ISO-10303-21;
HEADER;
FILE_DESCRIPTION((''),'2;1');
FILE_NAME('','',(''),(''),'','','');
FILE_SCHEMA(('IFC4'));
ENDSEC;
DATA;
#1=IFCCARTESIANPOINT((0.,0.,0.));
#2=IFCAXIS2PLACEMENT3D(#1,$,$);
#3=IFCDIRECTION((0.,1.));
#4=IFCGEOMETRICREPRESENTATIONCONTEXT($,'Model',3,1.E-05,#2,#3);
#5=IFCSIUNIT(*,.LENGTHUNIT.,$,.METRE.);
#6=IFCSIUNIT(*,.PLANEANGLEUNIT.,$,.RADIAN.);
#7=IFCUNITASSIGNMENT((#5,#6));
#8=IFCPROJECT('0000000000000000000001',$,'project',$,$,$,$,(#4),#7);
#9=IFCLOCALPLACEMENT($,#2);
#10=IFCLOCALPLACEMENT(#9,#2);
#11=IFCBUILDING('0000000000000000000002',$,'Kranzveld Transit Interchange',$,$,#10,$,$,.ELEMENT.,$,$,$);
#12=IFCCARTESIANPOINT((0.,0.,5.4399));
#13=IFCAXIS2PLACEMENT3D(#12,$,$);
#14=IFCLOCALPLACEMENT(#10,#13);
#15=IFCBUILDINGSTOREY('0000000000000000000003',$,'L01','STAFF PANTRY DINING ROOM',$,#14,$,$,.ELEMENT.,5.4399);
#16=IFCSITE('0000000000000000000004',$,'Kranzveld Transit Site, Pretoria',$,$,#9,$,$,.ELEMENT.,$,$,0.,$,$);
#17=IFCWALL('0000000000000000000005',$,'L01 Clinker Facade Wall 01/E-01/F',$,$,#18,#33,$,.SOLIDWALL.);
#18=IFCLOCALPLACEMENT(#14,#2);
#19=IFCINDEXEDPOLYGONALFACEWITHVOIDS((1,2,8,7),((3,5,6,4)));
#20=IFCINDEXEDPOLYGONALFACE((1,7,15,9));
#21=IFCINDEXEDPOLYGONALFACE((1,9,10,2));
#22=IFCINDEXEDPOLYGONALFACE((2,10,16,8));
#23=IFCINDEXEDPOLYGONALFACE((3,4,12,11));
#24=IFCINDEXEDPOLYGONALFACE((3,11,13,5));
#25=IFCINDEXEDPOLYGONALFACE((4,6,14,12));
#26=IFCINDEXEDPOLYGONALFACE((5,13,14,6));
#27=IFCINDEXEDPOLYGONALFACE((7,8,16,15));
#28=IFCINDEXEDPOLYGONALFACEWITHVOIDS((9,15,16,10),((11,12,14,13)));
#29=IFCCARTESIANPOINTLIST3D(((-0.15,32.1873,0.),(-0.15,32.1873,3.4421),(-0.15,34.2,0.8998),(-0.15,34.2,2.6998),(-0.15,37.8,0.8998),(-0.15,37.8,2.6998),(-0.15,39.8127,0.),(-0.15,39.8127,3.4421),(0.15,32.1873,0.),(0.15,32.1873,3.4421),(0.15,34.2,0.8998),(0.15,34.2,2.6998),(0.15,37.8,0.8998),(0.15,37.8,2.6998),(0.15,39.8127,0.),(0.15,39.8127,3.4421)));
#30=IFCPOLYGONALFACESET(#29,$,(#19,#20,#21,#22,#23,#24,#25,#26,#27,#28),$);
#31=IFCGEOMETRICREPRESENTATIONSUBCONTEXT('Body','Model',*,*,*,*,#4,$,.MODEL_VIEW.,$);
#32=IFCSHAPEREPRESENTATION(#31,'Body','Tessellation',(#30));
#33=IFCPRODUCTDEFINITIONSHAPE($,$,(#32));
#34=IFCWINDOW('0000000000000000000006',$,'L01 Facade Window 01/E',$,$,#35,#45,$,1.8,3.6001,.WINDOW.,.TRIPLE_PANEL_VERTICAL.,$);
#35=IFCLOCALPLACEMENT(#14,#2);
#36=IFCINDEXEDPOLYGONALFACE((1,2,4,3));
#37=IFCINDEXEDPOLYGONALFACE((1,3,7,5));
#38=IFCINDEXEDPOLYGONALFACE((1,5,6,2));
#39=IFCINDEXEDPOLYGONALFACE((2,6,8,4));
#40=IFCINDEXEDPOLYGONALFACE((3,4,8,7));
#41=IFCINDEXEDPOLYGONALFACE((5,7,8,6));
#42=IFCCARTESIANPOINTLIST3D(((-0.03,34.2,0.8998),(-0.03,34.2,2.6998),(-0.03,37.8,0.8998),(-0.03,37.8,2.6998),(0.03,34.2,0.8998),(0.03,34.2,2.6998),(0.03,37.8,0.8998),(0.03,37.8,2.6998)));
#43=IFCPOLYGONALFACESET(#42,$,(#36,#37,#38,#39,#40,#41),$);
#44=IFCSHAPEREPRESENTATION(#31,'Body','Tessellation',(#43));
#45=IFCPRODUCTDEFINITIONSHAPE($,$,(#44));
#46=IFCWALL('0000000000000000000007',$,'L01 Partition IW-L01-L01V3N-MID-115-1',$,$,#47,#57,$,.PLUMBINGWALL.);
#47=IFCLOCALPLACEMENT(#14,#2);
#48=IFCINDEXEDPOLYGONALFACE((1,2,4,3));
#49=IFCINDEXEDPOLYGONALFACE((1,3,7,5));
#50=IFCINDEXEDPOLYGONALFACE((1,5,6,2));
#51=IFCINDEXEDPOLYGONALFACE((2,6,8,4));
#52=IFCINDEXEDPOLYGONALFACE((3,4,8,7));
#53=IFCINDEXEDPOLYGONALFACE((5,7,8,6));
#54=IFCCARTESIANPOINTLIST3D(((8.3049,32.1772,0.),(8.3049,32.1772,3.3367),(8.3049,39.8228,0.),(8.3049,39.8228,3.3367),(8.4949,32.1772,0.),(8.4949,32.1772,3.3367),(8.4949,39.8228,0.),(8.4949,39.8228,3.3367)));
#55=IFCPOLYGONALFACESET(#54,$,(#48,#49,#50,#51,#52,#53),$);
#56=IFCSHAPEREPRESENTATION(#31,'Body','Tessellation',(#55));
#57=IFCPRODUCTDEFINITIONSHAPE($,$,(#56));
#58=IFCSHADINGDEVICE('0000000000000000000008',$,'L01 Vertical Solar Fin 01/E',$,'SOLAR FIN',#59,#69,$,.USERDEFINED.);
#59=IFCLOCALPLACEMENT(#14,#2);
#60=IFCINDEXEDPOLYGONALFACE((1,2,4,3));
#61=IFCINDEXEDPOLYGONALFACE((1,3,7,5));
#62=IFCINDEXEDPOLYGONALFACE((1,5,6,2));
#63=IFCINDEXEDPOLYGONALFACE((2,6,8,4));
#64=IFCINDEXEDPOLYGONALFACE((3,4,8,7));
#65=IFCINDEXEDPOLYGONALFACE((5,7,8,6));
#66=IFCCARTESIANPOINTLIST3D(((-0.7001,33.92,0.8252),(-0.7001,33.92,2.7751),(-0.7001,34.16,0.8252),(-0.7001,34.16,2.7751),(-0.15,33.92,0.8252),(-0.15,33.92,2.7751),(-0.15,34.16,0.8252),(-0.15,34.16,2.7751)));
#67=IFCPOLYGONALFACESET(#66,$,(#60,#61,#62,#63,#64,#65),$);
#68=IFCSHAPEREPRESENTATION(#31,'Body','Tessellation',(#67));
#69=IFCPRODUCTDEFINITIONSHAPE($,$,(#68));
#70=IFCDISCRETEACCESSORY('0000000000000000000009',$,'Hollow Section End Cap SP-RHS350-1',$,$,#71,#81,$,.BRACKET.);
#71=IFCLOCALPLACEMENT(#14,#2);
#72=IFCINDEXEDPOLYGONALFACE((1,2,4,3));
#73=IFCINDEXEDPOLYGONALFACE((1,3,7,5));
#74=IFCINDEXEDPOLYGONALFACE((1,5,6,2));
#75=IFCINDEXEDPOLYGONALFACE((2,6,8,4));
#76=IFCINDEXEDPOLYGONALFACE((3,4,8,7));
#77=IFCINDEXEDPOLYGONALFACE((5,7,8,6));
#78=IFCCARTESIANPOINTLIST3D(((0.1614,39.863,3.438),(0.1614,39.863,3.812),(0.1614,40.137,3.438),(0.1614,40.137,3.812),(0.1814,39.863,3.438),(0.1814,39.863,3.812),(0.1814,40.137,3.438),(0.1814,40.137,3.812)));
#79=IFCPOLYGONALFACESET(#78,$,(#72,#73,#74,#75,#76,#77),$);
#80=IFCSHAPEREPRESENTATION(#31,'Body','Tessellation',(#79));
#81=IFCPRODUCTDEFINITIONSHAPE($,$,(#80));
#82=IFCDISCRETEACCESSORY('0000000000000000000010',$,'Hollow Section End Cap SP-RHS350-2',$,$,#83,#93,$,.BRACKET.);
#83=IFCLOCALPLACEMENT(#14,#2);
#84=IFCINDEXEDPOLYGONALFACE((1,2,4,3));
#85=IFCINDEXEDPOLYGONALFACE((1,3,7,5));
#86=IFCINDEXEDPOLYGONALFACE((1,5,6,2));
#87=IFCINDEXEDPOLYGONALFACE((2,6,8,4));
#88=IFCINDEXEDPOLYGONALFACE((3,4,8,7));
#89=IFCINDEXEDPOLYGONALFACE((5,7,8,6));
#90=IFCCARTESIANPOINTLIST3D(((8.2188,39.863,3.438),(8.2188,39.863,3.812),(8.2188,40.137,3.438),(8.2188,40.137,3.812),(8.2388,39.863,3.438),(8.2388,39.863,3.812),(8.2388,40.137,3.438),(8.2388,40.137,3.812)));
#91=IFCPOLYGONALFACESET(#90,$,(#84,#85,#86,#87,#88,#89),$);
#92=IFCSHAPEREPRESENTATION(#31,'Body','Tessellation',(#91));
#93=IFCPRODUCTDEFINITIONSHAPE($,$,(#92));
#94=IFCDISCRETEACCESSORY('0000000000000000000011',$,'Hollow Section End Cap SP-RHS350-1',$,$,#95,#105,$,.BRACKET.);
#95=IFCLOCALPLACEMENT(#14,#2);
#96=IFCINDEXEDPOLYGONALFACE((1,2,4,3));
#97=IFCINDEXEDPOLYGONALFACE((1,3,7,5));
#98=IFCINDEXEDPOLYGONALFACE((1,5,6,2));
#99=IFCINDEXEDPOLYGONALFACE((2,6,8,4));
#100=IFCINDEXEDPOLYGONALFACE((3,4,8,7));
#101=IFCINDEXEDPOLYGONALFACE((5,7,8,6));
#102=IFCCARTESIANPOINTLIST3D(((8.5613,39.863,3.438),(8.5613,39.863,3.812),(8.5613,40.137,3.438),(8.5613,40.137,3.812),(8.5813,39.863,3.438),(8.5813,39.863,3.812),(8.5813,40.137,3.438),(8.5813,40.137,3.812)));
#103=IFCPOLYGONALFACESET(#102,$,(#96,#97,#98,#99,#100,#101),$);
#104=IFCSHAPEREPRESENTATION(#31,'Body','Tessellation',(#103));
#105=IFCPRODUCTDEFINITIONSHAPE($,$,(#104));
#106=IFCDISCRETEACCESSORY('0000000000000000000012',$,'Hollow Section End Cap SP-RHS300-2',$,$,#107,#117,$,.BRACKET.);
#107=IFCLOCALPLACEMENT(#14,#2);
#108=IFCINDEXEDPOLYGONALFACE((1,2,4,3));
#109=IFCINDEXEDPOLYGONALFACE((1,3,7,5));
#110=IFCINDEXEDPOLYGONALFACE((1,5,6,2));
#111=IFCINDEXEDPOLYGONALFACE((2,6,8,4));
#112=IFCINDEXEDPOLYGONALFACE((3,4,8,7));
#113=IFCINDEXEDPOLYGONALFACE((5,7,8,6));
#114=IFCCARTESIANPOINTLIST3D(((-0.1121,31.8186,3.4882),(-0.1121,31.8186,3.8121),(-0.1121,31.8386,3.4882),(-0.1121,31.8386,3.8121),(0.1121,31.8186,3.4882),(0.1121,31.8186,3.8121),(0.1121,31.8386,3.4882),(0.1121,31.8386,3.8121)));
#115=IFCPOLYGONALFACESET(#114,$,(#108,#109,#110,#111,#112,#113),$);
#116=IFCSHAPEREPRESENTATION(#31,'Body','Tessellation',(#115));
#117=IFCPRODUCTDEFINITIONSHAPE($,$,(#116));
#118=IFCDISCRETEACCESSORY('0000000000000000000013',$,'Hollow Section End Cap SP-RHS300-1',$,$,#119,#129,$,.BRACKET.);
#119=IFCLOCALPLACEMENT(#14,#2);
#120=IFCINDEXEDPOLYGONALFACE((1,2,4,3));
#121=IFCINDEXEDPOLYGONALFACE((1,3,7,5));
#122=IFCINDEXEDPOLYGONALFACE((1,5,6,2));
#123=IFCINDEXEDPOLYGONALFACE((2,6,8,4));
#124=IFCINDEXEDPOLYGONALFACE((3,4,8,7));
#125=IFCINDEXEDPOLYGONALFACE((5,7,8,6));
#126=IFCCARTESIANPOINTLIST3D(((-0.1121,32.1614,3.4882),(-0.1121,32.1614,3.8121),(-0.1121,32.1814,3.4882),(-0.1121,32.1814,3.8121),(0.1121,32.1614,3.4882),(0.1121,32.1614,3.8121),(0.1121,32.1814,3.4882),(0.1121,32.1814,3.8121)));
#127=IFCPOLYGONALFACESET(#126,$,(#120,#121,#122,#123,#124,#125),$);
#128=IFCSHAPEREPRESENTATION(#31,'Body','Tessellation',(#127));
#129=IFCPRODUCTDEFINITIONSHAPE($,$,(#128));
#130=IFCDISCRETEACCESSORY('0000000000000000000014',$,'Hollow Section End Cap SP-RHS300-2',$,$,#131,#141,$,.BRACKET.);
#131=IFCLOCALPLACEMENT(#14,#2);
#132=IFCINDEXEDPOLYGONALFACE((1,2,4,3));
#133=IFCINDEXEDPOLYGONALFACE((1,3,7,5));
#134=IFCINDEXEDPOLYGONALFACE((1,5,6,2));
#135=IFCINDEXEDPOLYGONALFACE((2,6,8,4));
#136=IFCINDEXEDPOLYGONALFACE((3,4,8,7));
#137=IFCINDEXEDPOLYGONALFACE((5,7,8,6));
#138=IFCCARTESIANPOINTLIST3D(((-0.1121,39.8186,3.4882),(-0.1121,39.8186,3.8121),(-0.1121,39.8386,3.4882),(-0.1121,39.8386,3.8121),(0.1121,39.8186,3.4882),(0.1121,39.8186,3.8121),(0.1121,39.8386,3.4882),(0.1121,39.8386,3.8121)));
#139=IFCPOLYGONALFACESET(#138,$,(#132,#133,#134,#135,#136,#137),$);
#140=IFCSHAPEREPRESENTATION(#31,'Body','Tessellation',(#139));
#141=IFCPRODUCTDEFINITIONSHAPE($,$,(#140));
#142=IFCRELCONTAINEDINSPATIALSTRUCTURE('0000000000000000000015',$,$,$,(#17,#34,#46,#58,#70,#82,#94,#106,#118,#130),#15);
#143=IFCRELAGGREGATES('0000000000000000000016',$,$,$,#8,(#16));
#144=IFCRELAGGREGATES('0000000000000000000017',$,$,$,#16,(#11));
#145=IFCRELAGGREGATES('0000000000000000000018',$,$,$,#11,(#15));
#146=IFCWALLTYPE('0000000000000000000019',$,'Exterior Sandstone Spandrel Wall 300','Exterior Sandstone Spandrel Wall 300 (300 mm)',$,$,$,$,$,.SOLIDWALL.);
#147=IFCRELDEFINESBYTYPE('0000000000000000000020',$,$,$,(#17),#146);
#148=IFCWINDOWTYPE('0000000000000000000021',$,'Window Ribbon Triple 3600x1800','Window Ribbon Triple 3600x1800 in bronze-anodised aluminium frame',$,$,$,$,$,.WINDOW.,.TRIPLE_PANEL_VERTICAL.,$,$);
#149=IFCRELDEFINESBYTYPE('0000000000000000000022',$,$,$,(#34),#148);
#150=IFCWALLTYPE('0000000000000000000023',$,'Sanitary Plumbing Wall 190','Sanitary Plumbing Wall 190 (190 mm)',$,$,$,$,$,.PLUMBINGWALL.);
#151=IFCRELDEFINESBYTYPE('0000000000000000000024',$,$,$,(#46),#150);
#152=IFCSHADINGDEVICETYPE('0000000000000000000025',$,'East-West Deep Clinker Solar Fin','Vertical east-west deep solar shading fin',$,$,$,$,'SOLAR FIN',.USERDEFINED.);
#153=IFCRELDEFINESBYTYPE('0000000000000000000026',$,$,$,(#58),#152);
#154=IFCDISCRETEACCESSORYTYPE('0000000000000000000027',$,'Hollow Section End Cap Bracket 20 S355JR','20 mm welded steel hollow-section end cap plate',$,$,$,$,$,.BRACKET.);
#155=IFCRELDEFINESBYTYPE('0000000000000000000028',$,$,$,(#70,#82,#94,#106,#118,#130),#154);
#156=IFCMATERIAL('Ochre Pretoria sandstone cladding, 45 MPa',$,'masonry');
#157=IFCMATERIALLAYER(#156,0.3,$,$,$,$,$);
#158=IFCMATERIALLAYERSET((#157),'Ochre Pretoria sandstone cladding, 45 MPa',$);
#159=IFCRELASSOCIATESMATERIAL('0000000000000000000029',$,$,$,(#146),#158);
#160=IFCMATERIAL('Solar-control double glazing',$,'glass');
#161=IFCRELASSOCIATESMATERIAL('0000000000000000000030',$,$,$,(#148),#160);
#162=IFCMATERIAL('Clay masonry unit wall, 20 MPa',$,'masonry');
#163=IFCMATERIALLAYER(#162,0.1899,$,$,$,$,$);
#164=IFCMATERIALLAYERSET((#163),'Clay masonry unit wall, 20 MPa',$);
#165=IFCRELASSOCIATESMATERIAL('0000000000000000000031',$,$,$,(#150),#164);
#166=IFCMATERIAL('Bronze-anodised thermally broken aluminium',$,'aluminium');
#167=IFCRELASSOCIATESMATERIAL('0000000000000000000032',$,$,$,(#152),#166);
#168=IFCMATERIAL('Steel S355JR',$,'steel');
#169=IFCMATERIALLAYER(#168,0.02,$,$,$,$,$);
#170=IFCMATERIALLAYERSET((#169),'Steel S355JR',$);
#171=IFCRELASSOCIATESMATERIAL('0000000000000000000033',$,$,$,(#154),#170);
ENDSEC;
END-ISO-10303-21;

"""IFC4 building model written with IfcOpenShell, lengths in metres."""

from ifc_helpers import new_model, si_unit, direction, frame, frame_2d, origin, origin_2d, place, context, subcontext, project, spatial, rectangle, extrude, material, layer, layer_set, type_object, element, fill, save


model = new_model("IFC4")

# Units and contexts
model_context = context("Model", 3, precision=1e-05, world=origin(), true_north=direction((0.0, 1.0)))
body_context = subcontext(model_context, "Body", "Model", "MODEL_VIEW")
ifc_project = project(units=[si_unit("LENGTHUNIT", "METRE"), si_unit("PLANEANGLEUNIT", "RADIAN")], contexts=[model_context])

# Site, building, storey
site_placement = place(None, origin())
site = spatial("IfcSite", under=ifc_project, at=site_placement, Name="Kranzveld Transit Site, Pretoria", CompositionType="ELEMENT", RefElevation=0.0)
building_placement = place(site_placement, origin())
building = spatial("IfcBuilding", under=site, at=building_placement, Name="Kranzveld Transit Interchange", CompositionType="ELEMENT")
storey_placement = place(building_placement, frame((0.0, 0.0, 5.4399)))
storey = spatial("IfcBuildingStorey", under=building, at=storey_placement, Name="L01", Description="STAFF PANTRY DINING ROOM", CompositionType="ELEMENT", Elevation=5.4399)

# Wall, opening, window
ifc_material_1 = material(Name="Ochre Pretoria sandstone cladding, 45 MPa", Category="masonry")
ifc_layer_1 = layer(ifc_material_1, 0.3)
ifc_layer_set_1 = layer_set([ifc_layer_1], Name="Ochre Pretoria sandstone cladding, 45 MPa")
wall_type_1 = type_object("IfcWallType", Name="Exterior Sandstone Spandrel Wall 300", Description="Exterior Sandstone Spandrel Wall 300 (300 mm)", PredefinedType="SOLIDWALL", material=ifc_layer_set_1)
wall_1_placement = place(storey_placement, frame((0.0, 32.1873, 0.0), z_axis=(0.0, 0.0, 1.0), x_axis=(0.0, 1.0, 0.0)))
wall_1 = element("IfcWall", 1, at=wall_1_placement, inside=storey, type_object=wall_type_1, Name="L01 Clinker Facade Wall 01/E-01/F", PredefinedType="SOLIDWALL", context=body_context, shape_type="SweptSolid", body=[
    extrude(rectangle(XDim=7.6255, YDim=0.3, at=frame_2d((3.8127, 0.0))), origin(), (0.0, 0.0, 1.0), 3.4421),
])
opening_1_placement = place(wall_1_placement, frame((2.0127, 0.0, 0.8999), z_axis=(0.0, 0.0, 1.0), x_axis=(1.0, 0.0, 0.0)))
opening_1 = element("IfcOpeningElement", 2, at=opening_1_placement, cuts=wall_1, PredefinedType="OPENING", context=body_context, shape_type="SweptSolid", body=[
    extrude(rectangle(XDim=3.6001, YDim=1.8, at=frame_2d((1.8, 0.8999))), frame((0.0, 0.1599, 0.0), z_axis=(0.0, -1.0, 0.0), x_axis=(1.0, 0.0, 0.0)), (0.0, 0.0, 1.0), 0.3201),
])
ifc_material_2 = material(Name="Solar-control double glazing", Category="glass")
window_type_1 = type_object("IfcWindowType", Name="Window Ribbon Triple 3600x1800", Description="Window Ribbon Triple 3600x1800 in bronze-anodised aluminium frame", PartitioningType="TRIPLE_PANEL_VERTICAL", PredefinedType="WINDOW", material=ifc_material_2)
window_1_placement = place(opening_1_placement, origin())
window_1 = element("IfcWindow", 3, at=window_1_placement, inside=storey, type_object=window_type_1, Name="L01 Facade Window 01/E", OverallHeight=1.8, OverallWidth=3.6001, PartitioningType="TRIPLE_PANEL_VERTICAL", PredefinedType="WINDOW", context=body_context, shape_type="SweptSolid", body=[
    extrude(rectangle(XDim=3.6001, YDim=1.8, at=frame_2d((1.8, 0.8999))), frame((0.0, 0.03, 0.0), z_axis=(0.0, -1.0, 0.0), x_axis=(1.0, 0.0, 0.0)), (0.0, 0.0, 1.0), 0.0601),
])
fill(opening_1, window_1)

# Wall
ifc_material_3 = material(Name="Clay masonry unit wall, 20 MPa", Category="masonry")
ifc_layer_2 = layer(ifc_material_3, 0.1899)
ifc_layer_set_2 = layer_set([ifc_layer_2], Name="Clay masonry unit wall, 20 MPa")
wall_type_2 = type_object("IfcWallType", Name="Sanitary Plumbing Wall 190", Description="Sanitary Plumbing Wall 190 (190 mm)", PredefinedType="PLUMBINGWALL", material=ifc_layer_set_2)
wall_2_placement = place(storey_placement, frame((8.3999, 32.1772, 0.0), z_axis=(0.0, 0.0, 1.0), x_axis=(0.0, 1.0, 0.0)))
element("IfcWall", 4, at=wall_2_placement, inside=storey, type_object=wall_type_2, Name="L01 Partition IW-L01-L01V3N-MID-115-1", PredefinedType="PLUMBINGWALL", context=body_context, shape_type="SweptSolid", body=[
    extrude(rectangle(XDim=7.6455, YDim=0.1899, at=frame_2d((3.8228, 0.0))), origin(), (0.0, 0.0, 1.0), 3.3367),
])

# Shading device
ifc_material_4 = material(Name="Bronze-anodised thermally broken aluminium", Category="aluminium")
shading_device_type = type_object("IfcShadingDeviceType", Name="East-West Deep Clinker Solar Fin", Description="Vertical east-west deep solar shading fin", ElementType="SOLAR FIN", PredefinedType="USERDEFINED", material=ifc_material_4)
shading_device_placement = place(storey_placement, frame((-0.425, 34.04, 0.8252), z_axis=(0.0, 0.0, 1.0), x_axis=(0.0, 1.0, 0.0)))
element("IfcShadingDevice", 5, at=shading_device_placement, inside=storey, type_object=shading_device_type, Name="L01 Vertical Solar Fin 01/E", ObjectType="SOLAR FIN", PredefinedType="USERDEFINED", context=body_context, shape_type="SweptSolid", body=[
    extrude(rectangle(XDim=0.24, YDim=0.55, at=origin_2d()), origin(), (0.0, 0.0, 1.0), 1.95),
])

# Discrete accessories
ifc_material_5 = material(Name="Steel S355JR", Category="steel")
ifc_layer_3 = layer(ifc_material_5, 0.02)
ifc_layer_set_3 = layer_set([ifc_layer_3], Name="Steel S355JR")
discrete_accessory_type = type_object("IfcDiscreteAccessoryType", Name="Hollow Section End Cap Bracket 20 S355JR", Description="20 mm welded steel hollow-section end cap plate", PredefinedType="BRACKET", material=ifc_layer_set_3)
for number, where, z_axis, x_axis, name in (
    (6, (0.1814, 40.0, 3.625), (-1.0, 0.0, 0.0), (0.0, -1.0, 0.0), "Hollow Section End Cap SP-RHS350-1"),
    (7, (8.2188, 40.0, 3.625), (1.0, 0.0, 0.0), (0.0, 1.0, 0.0), "Hollow Section End Cap SP-RHS350-2"),
    (8, (8.5813, 40.0, 3.625), (-1.0, 0.0, 0.0), (0.0, -1.0, 0.0), "Hollow Section End Cap SP-RHS350-1"),
):
    element("IfcDiscreteAccessory", number, at=place(storey_placement, frame(where, z_axis=z_axis, x_axis=x_axis)), inside=storey, type_object=discrete_accessory_type, Name=name, PredefinedType="BRACKET", context=body_context, shape_type="SweptSolid", body=[
        extrude(rectangle(XDim=0.2739, YDim=0.374, at=origin_2d()), origin(), (0.0, 0.0, 1.0), 0.02),
    ])
for number, where, z_axis, x_axis, name in (
    (9, (0.0, 31.8186, 3.6501), (0.0, 1.0, 0.0), (-1.0, 0.0, 0.0), "Hollow Section End Cap SP-RHS300-2"),
    (10, (0.0, 32.1814, 3.6501), (0.0, -1.0, 0.0), (1.0, 0.0, 0.0), "Hollow Section End Cap SP-RHS300-1"),
    (11, (0.0, 39.8186, 3.6501), (0.0, 1.0, 0.0), (-1.0, 0.0, 0.0), "Hollow Section End Cap SP-RHS300-2"),
):
    element("IfcDiscreteAccessory", number, at=place(storey_placement, frame(where, z_axis=z_axis, x_axis=x_axis)), inside=storey, type_object=discrete_accessory_type, Name=name, PredefinedType="BRACKET", context=body_context, shape_type="SweptSolid", body=[
        extrude(rectangle(XDim=0.2241, YDim=0.324, at=origin_2d()), origin(), (0.0, 0.0, 1.0), 0.02),
    ])

save(model, "model.ifc")
